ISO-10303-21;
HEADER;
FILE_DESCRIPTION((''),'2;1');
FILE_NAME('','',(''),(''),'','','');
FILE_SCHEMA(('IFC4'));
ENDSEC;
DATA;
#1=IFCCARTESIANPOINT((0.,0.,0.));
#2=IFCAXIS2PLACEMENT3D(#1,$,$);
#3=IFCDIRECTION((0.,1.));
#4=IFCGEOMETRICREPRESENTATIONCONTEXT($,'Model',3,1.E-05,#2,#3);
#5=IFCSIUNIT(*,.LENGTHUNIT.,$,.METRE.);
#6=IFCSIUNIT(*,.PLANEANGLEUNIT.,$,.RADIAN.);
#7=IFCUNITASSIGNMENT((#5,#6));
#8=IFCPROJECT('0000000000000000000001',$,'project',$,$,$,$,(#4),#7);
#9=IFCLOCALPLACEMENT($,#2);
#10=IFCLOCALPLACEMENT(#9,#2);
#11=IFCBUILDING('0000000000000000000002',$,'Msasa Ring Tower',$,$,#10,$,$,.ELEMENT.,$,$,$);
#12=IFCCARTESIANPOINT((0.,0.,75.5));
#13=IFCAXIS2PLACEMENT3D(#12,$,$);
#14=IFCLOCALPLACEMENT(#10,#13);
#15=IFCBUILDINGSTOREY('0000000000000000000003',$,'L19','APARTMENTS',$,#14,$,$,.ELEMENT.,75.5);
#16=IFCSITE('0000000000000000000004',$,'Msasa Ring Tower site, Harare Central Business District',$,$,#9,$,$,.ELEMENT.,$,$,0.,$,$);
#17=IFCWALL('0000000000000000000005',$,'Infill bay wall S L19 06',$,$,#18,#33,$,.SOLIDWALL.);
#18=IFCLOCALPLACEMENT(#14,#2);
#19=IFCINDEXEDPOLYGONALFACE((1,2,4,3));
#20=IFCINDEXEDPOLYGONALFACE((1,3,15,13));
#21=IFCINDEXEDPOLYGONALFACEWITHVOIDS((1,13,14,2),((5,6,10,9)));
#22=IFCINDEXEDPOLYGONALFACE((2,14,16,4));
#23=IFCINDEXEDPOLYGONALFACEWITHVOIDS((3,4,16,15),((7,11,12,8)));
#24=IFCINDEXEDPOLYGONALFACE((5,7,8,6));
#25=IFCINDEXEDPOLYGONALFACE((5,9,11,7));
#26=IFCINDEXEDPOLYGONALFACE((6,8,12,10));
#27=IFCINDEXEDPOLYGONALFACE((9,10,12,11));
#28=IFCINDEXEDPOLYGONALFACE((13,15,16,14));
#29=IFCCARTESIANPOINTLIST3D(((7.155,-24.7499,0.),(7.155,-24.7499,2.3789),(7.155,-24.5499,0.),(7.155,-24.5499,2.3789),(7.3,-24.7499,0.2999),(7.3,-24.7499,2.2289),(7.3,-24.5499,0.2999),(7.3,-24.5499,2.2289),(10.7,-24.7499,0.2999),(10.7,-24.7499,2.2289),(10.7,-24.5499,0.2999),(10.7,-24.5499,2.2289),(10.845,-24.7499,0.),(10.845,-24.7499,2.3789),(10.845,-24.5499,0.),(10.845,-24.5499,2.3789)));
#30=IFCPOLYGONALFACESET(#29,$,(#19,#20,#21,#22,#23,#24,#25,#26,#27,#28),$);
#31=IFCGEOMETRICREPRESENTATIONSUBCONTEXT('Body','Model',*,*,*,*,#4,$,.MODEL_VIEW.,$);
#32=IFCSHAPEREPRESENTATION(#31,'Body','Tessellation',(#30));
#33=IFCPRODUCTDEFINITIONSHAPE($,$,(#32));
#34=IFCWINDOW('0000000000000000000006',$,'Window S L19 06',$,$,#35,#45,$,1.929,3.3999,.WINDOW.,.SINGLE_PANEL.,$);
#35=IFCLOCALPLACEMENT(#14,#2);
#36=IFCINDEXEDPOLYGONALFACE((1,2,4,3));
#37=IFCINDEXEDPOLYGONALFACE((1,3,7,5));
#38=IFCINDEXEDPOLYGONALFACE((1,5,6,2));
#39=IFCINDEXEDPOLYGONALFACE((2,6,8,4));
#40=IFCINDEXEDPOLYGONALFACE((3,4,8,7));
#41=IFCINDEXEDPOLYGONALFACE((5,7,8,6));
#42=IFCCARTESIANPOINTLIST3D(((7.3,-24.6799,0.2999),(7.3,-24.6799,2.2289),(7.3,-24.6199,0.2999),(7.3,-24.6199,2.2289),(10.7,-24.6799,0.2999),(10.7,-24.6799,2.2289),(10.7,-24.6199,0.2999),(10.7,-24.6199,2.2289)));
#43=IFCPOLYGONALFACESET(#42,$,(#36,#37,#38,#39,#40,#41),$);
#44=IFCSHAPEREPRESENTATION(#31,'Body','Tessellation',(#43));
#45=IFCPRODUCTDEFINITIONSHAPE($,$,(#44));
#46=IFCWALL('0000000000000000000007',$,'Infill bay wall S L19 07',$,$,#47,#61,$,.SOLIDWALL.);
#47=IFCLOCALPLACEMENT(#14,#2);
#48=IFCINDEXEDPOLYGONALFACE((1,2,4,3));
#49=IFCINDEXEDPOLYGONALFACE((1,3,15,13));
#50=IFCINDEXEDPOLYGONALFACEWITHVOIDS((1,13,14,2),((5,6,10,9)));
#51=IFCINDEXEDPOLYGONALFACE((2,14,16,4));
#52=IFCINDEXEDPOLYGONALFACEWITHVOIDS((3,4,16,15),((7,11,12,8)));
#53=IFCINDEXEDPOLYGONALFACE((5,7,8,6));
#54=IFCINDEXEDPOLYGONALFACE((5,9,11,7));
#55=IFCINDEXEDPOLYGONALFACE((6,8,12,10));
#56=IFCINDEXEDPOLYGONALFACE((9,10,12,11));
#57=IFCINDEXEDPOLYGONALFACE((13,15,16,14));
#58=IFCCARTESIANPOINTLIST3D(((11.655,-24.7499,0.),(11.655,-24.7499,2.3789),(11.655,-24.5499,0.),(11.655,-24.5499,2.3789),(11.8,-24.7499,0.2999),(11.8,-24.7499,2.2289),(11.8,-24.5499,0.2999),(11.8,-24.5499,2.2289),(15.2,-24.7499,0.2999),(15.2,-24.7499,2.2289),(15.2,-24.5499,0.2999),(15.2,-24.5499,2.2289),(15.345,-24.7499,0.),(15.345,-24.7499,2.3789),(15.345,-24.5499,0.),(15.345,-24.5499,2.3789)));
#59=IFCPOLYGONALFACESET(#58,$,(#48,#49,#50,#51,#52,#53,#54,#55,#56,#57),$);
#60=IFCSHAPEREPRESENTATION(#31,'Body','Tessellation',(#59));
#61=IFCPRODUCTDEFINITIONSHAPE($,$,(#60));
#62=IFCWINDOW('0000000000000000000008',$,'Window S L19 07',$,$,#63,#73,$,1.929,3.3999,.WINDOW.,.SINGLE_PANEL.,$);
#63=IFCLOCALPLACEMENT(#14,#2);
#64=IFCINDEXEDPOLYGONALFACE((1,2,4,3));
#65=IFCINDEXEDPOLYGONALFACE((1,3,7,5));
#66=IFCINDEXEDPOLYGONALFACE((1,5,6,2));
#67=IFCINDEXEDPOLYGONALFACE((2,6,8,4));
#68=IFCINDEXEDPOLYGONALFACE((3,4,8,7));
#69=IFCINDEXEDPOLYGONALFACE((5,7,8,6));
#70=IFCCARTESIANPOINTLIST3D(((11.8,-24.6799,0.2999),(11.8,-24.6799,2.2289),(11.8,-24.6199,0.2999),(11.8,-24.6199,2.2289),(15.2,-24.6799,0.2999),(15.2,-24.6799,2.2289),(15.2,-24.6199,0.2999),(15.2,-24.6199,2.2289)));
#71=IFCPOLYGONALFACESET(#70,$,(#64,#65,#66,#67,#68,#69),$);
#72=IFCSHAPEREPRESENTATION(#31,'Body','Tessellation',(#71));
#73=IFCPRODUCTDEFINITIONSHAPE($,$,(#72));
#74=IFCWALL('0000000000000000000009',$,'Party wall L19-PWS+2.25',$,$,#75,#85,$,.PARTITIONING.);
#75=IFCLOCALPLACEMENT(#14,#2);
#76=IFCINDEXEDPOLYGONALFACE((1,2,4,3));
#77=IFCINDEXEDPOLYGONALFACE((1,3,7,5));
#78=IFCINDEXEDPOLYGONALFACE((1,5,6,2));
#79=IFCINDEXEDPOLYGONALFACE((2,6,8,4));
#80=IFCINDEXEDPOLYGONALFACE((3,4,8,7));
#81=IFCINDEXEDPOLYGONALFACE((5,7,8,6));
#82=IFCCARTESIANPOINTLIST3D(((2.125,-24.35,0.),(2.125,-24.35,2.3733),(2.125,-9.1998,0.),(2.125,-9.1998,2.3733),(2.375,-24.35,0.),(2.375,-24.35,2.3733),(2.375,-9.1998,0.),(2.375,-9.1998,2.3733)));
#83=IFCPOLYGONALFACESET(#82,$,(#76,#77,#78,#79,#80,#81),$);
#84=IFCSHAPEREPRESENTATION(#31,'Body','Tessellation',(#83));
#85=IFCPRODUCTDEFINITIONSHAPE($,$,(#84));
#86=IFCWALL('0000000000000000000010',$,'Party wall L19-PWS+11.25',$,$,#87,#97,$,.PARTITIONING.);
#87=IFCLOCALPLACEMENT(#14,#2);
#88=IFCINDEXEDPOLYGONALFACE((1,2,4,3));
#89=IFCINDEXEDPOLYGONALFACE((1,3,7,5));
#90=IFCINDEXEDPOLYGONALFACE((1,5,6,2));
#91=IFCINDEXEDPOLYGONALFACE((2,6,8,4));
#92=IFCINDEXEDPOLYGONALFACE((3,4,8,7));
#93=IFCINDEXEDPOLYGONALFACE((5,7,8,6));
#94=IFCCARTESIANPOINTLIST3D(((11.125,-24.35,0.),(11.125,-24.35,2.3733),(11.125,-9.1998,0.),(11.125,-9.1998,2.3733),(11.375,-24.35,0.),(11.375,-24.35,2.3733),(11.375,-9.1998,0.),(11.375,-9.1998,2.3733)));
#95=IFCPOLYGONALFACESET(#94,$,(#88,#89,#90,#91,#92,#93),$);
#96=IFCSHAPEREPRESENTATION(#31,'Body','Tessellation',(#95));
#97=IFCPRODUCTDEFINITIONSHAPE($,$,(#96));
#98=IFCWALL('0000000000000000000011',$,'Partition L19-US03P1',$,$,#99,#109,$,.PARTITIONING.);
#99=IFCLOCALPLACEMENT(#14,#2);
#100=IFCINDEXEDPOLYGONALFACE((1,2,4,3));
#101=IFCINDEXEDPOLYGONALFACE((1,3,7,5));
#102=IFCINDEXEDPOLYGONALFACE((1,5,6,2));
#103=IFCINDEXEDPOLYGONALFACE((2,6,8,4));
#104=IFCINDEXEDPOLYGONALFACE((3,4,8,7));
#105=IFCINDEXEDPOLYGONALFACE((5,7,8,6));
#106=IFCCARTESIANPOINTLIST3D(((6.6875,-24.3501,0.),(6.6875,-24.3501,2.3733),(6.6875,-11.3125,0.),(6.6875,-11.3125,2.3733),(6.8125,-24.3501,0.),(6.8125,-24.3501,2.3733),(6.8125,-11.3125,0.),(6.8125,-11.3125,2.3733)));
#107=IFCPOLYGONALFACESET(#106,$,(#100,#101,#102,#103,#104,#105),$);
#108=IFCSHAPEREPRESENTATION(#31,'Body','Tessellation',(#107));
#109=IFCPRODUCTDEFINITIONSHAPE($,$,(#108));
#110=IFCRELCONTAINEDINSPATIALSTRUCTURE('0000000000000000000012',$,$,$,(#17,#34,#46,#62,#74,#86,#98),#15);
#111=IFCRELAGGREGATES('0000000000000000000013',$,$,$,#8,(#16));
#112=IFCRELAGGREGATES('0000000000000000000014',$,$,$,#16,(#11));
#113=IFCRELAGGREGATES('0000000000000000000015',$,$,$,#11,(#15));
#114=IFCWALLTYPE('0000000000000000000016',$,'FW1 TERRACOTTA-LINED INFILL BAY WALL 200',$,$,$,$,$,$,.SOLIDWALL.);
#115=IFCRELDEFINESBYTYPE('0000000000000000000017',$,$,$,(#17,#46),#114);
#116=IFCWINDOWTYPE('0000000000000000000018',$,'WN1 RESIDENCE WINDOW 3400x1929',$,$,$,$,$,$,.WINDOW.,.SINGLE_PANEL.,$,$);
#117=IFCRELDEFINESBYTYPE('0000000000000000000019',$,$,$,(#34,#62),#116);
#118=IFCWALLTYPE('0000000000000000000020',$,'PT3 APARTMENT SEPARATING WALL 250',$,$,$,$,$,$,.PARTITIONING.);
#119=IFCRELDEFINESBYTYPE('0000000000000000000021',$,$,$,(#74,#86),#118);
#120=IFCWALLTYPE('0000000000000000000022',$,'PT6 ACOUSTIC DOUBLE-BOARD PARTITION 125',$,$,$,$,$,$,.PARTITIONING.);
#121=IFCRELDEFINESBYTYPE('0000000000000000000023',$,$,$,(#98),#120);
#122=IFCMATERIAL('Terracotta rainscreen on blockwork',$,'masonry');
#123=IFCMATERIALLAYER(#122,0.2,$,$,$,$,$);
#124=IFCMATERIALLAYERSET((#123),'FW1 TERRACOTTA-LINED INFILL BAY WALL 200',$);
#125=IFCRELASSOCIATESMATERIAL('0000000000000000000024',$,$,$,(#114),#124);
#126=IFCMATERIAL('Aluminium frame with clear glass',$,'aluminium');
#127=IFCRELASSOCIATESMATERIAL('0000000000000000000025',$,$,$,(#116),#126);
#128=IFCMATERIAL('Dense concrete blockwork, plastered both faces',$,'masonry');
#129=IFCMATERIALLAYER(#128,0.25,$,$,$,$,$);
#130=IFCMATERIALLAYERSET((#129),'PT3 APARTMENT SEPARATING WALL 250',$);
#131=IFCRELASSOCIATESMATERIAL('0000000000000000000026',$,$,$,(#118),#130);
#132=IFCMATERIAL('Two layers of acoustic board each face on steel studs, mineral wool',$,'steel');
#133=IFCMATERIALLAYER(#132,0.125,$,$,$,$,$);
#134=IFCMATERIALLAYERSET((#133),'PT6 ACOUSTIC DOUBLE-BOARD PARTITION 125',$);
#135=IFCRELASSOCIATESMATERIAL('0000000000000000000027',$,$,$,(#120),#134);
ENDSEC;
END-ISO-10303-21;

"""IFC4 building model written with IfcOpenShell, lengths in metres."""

from ifc_helpers import new_model, si_unit, direction, frame, frame_2d, origin, place, context, subcontext, project, spatial, rectangle, extrude, material, layer, layer_set, type_object, element, fill, save


model = new_model("IFC4")

# Units and contexts
model_context = context("Model", 3, precision=1e-05, world=origin(), true_north=direction((0.0, 1.0)))
body_context = subcontext(model_context, "Body", "Model", "MODEL_VIEW")
ifc_project = project(units=[si_unit("LENGTHUNIT", "METRE"), si_unit("PLANEANGLEUNIT", "RADIAN")], contexts=[model_context])

# Site, building, storey
site_placement = place(None, origin())
site = spatial("IfcSite", under=ifc_project, at=site_placement, Name="Msasa Ring Tower site, Harare Central Business District", CompositionType="ELEMENT", RefElevation=0.0)
building_placement = place(site_placement, origin())
building = spatial("IfcBuilding", under=site, at=building_placement, Name="Msasa Ring Tower", CompositionType="ELEMENT")
storey_placement = place(building_placement, frame((0.0, 0.0, 75.5)))
storey = spatial("IfcBuildingStorey", under=building, at=storey_placement, Name="L19", Description="APARTMENTS", CompositionType="ELEMENT", Elevation=75.5)

# Walls, openings, windows
ifc_material_1 = material(Name="Terracotta rainscreen on blockwork", Category="masonry")
ifc_layer_1 = layer(ifc_material_1, 0.2)
ifc_layer_set_1 = layer_set([ifc_layer_1], Name="FW1 TERRACOTTA-LINED INFILL BAY WALL 200")
wall_type_1 = type_object("IfcWallType", Name="FW1 TERRACOTTA-LINED INFILL BAY WALL 200", PredefinedType="SOLIDWALL", material=ifc_layer_set_1)
ifc_material_2 = material(Name="Aluminium frame with clear glass", Category="aluminium")
window_type = type_object("IfcWindowType", Name="WN1 RESIDENCE WINDOW 3400x1929", PartitioningType="SINGLE_PANEL", PredefinedType="WINDOW", material=ifc_material_2)
wall_1_placement = place(storey_placement, frame((7.155, -24.6499, 0.0), z_axis=(0.0, 0.0, 1.0), x_axis=(1.0, 0.0, 0.0)))
wall_1 = element("IfcWall", 1, at=wall_1_placement, inside=storey, type_object=wall_type_1, Name="Infill bay wall S L19 06", PredefinedType="SOLIDWALL", context=body_context, shape_type="SweptSolid", body=[
    extrude(rectangle(XDim=3.6899, YDim=0.2, at=frame_2d((1.845, 0.0))), origin(), (0.0, 0.0, 1.0), 2.3789),
])
opening_1_placement = place(wall_1_placement, frame((0.145, 0.0, 0.3)))
opening_1 = element("IfcOpeningElement", 2, at=opening_1_placement, cuts=wall_1, PredefinedType="OPENING", context=body_context, shape_type="SweptSolid", body=[
    extrude(rectangle(XDim=3.3999, YDim=1.929, at=frame_2d((1.7, 0.9644))), frame((0.0, 0.1099, 0.0), z_axis=(0.0, -1.0, 0.0), x_axis=(1.0, 0.0, 0.0)), (0.0, 0.0, 1.0), 0.22),
])
window_1_placement = place(opening_1_placement, origin())
window_1 = element("IfcWindow", 3, at=window_1_placement, inside=storey, type_object=window_type, Name="Window S L19 06", OverallHeight=1.929, OverallWidth=3.3999, PartitioningType="SINGLE_PANEL", PredefinedType="WINDOW", context=body_context, shape_type="SweptSolid", body=[
    extrude(rectangle(XDim=3.3999, YDim=1.929, at=frame_2d((1.7, 0.9644))), frame((0.0, 0.03, 0.0), z_axis=(0.0, -1.0, 0.0), x_axis=(1.0, 0.0, 0.0)), (0.0, 0.0, 1.0), 0.0601),
])
fill(opening_1, window_1)
wall_2_placement = place(storey_placement, frame((11.655, -24.6499, 0.0), z_axis=(0.0, 0.0, 1.0), x_axis=(1.0, 0.0, 0.0)))
wall_2 = element("IfcWall", 4, at=wall_2_placement, inside=storey, type_object=wall_type_1, Name="Infill bay wall S L19 07", PredefinedType="SOLIDWALL", context=body_context, shape_type="SweptSolid", body=[
    extrude(rectangle(XDim=3.6899, YDim=0.2, at=frame_2d((1.845, 0.0))), origin(), (0.0, 0.0, 1.0), 2.3789),
])
opening_2_placement = place(wall_2_placement, frame((0.145, 0.0, 0.3)))
opening_2 = element("IfcOpeningElement", 5, at=opening_2_placement, cuts=wall_2, PredefinedType="OPENING", context=body_context, shape_type="SweptSolid", body=[
    extrude(rectangle(XDim=3.3999, YDim=1.929, at=frame_2d((1.7, 0.9644))), frame((0.0, 0.1099, 0.0), z_axis=(0.0, -1.0, 0.0), x_axis=(1.0, 0.0, 0.0)), (0.0, 0.0, 1.0), 0.22),
])
window_2_placement = place(opening_2_placement, origin())
window_2 = element("IfcWindow", 6, at=window_2_placement, inside=storey, type_object=window_type, Name="Window S L19 07", OverallHeight=1.929, OverallWidth=3.3999, PartitioningType="SINGLE_PANEL", PredefinedType="WINDOW", context=body_context, shape_type="SweptSolid", body=[
    extrude(rectangle(XDim=3.3999, YDim=1.929, at=frame_2d((1.7, 0.9644))), frame((0.0, 0.03, 0.0), z_axis=(0.0, -1.0, 0.0), x_axis=(1.0, 0.0, 0.0)), (0.0, 0.0, 1.0), 0.0601),
])
fill(opening_2, window_2)

# Walls
ifc_material_3 = material(Name="Dense concrete blockwork, plastered both faces", Category="masonry")
ifc_layer_2 = layer(ifc_material_3, 0.25)
ifc_layer_set_2 = layer_set([ifc_layer_2], Name="PT3 APARTMENT SEPARATING WALL 250")
wall_type_2 = type_object("IfcWallType", Name="PT3 APARTMENT SEPARATING WALL 250", PredefinedType="PARTITIONING", material=ifc_layer_set_2)
for number, where, z_axis, x_axis, name in (
    (7, (2.25, -24.3501, 0.0), (0.0, 0.0, 1.0), (0.0, 1.0, 0.0), "Party wall L19-PWS+2.25"),
    (8, (11.25, -24.3501, 0.0), (0.0, 0.0, 1.0), (0.0, 1.0, 0.0), "Party wall L19-PWS+11.25"),
):
    element("IfcWall", number, at=place(storey_placement, frame(where, z_axis=z_axis, x_axis=x_axis)), inside=storey, type_object=wall_type_2, Name=name, PredefinedType="PARTITIONING", context=body_context, shape_type="SweptSolid", body=[
        extrude(rectangle(XDim=15.1501, YDim=0.25, at=frame_2d((7.5752, 0.0))), origin(), (0.0, 0.0, 1.0), 2.3733),
    ])
ifc_material_4 = material(Name="Two layers of acoustic board each face on steel studs, mineral wool", Category="steel")
ifc_layer_3 = layer(ifc_material_4, 0.125)
ifc_layer_set_3 = layer_set([ifc_layer_3], Name="PT6 ACOUSTIC DOUBLE-BOARD PARTITION 125")
wall_type_3 = type_object("IfcWallType", Name="PT6 ACOUSTIC DOUBLE-BOARD PARTITION 125", PredefinedType="PARTITIONING", material=ifc_layer_set_3)
wall_3_placement = place(storey_placement, frame((6.75, -24.3501, 0.0), z_axis=(0.0, 0.0, 1.0), x_axis=(0.0, 1.0, 0.0)))
element("IfcWall", 9, at=wall_3_placement, inside=storey, type_object=wall_type_3, Name="Partition L19-US03P1", PredefinedType="PARTITIONING", context=body_context, shape_type="SweptSolid", body=[
    extrude(rectangle(XDim=13.0376, YDim=0.125, at=frame_2d((6.5188, 0.0))), origin(), (0.0, 0.0, 1.0), 2.3733),
])

save(model, "model.ifc")
